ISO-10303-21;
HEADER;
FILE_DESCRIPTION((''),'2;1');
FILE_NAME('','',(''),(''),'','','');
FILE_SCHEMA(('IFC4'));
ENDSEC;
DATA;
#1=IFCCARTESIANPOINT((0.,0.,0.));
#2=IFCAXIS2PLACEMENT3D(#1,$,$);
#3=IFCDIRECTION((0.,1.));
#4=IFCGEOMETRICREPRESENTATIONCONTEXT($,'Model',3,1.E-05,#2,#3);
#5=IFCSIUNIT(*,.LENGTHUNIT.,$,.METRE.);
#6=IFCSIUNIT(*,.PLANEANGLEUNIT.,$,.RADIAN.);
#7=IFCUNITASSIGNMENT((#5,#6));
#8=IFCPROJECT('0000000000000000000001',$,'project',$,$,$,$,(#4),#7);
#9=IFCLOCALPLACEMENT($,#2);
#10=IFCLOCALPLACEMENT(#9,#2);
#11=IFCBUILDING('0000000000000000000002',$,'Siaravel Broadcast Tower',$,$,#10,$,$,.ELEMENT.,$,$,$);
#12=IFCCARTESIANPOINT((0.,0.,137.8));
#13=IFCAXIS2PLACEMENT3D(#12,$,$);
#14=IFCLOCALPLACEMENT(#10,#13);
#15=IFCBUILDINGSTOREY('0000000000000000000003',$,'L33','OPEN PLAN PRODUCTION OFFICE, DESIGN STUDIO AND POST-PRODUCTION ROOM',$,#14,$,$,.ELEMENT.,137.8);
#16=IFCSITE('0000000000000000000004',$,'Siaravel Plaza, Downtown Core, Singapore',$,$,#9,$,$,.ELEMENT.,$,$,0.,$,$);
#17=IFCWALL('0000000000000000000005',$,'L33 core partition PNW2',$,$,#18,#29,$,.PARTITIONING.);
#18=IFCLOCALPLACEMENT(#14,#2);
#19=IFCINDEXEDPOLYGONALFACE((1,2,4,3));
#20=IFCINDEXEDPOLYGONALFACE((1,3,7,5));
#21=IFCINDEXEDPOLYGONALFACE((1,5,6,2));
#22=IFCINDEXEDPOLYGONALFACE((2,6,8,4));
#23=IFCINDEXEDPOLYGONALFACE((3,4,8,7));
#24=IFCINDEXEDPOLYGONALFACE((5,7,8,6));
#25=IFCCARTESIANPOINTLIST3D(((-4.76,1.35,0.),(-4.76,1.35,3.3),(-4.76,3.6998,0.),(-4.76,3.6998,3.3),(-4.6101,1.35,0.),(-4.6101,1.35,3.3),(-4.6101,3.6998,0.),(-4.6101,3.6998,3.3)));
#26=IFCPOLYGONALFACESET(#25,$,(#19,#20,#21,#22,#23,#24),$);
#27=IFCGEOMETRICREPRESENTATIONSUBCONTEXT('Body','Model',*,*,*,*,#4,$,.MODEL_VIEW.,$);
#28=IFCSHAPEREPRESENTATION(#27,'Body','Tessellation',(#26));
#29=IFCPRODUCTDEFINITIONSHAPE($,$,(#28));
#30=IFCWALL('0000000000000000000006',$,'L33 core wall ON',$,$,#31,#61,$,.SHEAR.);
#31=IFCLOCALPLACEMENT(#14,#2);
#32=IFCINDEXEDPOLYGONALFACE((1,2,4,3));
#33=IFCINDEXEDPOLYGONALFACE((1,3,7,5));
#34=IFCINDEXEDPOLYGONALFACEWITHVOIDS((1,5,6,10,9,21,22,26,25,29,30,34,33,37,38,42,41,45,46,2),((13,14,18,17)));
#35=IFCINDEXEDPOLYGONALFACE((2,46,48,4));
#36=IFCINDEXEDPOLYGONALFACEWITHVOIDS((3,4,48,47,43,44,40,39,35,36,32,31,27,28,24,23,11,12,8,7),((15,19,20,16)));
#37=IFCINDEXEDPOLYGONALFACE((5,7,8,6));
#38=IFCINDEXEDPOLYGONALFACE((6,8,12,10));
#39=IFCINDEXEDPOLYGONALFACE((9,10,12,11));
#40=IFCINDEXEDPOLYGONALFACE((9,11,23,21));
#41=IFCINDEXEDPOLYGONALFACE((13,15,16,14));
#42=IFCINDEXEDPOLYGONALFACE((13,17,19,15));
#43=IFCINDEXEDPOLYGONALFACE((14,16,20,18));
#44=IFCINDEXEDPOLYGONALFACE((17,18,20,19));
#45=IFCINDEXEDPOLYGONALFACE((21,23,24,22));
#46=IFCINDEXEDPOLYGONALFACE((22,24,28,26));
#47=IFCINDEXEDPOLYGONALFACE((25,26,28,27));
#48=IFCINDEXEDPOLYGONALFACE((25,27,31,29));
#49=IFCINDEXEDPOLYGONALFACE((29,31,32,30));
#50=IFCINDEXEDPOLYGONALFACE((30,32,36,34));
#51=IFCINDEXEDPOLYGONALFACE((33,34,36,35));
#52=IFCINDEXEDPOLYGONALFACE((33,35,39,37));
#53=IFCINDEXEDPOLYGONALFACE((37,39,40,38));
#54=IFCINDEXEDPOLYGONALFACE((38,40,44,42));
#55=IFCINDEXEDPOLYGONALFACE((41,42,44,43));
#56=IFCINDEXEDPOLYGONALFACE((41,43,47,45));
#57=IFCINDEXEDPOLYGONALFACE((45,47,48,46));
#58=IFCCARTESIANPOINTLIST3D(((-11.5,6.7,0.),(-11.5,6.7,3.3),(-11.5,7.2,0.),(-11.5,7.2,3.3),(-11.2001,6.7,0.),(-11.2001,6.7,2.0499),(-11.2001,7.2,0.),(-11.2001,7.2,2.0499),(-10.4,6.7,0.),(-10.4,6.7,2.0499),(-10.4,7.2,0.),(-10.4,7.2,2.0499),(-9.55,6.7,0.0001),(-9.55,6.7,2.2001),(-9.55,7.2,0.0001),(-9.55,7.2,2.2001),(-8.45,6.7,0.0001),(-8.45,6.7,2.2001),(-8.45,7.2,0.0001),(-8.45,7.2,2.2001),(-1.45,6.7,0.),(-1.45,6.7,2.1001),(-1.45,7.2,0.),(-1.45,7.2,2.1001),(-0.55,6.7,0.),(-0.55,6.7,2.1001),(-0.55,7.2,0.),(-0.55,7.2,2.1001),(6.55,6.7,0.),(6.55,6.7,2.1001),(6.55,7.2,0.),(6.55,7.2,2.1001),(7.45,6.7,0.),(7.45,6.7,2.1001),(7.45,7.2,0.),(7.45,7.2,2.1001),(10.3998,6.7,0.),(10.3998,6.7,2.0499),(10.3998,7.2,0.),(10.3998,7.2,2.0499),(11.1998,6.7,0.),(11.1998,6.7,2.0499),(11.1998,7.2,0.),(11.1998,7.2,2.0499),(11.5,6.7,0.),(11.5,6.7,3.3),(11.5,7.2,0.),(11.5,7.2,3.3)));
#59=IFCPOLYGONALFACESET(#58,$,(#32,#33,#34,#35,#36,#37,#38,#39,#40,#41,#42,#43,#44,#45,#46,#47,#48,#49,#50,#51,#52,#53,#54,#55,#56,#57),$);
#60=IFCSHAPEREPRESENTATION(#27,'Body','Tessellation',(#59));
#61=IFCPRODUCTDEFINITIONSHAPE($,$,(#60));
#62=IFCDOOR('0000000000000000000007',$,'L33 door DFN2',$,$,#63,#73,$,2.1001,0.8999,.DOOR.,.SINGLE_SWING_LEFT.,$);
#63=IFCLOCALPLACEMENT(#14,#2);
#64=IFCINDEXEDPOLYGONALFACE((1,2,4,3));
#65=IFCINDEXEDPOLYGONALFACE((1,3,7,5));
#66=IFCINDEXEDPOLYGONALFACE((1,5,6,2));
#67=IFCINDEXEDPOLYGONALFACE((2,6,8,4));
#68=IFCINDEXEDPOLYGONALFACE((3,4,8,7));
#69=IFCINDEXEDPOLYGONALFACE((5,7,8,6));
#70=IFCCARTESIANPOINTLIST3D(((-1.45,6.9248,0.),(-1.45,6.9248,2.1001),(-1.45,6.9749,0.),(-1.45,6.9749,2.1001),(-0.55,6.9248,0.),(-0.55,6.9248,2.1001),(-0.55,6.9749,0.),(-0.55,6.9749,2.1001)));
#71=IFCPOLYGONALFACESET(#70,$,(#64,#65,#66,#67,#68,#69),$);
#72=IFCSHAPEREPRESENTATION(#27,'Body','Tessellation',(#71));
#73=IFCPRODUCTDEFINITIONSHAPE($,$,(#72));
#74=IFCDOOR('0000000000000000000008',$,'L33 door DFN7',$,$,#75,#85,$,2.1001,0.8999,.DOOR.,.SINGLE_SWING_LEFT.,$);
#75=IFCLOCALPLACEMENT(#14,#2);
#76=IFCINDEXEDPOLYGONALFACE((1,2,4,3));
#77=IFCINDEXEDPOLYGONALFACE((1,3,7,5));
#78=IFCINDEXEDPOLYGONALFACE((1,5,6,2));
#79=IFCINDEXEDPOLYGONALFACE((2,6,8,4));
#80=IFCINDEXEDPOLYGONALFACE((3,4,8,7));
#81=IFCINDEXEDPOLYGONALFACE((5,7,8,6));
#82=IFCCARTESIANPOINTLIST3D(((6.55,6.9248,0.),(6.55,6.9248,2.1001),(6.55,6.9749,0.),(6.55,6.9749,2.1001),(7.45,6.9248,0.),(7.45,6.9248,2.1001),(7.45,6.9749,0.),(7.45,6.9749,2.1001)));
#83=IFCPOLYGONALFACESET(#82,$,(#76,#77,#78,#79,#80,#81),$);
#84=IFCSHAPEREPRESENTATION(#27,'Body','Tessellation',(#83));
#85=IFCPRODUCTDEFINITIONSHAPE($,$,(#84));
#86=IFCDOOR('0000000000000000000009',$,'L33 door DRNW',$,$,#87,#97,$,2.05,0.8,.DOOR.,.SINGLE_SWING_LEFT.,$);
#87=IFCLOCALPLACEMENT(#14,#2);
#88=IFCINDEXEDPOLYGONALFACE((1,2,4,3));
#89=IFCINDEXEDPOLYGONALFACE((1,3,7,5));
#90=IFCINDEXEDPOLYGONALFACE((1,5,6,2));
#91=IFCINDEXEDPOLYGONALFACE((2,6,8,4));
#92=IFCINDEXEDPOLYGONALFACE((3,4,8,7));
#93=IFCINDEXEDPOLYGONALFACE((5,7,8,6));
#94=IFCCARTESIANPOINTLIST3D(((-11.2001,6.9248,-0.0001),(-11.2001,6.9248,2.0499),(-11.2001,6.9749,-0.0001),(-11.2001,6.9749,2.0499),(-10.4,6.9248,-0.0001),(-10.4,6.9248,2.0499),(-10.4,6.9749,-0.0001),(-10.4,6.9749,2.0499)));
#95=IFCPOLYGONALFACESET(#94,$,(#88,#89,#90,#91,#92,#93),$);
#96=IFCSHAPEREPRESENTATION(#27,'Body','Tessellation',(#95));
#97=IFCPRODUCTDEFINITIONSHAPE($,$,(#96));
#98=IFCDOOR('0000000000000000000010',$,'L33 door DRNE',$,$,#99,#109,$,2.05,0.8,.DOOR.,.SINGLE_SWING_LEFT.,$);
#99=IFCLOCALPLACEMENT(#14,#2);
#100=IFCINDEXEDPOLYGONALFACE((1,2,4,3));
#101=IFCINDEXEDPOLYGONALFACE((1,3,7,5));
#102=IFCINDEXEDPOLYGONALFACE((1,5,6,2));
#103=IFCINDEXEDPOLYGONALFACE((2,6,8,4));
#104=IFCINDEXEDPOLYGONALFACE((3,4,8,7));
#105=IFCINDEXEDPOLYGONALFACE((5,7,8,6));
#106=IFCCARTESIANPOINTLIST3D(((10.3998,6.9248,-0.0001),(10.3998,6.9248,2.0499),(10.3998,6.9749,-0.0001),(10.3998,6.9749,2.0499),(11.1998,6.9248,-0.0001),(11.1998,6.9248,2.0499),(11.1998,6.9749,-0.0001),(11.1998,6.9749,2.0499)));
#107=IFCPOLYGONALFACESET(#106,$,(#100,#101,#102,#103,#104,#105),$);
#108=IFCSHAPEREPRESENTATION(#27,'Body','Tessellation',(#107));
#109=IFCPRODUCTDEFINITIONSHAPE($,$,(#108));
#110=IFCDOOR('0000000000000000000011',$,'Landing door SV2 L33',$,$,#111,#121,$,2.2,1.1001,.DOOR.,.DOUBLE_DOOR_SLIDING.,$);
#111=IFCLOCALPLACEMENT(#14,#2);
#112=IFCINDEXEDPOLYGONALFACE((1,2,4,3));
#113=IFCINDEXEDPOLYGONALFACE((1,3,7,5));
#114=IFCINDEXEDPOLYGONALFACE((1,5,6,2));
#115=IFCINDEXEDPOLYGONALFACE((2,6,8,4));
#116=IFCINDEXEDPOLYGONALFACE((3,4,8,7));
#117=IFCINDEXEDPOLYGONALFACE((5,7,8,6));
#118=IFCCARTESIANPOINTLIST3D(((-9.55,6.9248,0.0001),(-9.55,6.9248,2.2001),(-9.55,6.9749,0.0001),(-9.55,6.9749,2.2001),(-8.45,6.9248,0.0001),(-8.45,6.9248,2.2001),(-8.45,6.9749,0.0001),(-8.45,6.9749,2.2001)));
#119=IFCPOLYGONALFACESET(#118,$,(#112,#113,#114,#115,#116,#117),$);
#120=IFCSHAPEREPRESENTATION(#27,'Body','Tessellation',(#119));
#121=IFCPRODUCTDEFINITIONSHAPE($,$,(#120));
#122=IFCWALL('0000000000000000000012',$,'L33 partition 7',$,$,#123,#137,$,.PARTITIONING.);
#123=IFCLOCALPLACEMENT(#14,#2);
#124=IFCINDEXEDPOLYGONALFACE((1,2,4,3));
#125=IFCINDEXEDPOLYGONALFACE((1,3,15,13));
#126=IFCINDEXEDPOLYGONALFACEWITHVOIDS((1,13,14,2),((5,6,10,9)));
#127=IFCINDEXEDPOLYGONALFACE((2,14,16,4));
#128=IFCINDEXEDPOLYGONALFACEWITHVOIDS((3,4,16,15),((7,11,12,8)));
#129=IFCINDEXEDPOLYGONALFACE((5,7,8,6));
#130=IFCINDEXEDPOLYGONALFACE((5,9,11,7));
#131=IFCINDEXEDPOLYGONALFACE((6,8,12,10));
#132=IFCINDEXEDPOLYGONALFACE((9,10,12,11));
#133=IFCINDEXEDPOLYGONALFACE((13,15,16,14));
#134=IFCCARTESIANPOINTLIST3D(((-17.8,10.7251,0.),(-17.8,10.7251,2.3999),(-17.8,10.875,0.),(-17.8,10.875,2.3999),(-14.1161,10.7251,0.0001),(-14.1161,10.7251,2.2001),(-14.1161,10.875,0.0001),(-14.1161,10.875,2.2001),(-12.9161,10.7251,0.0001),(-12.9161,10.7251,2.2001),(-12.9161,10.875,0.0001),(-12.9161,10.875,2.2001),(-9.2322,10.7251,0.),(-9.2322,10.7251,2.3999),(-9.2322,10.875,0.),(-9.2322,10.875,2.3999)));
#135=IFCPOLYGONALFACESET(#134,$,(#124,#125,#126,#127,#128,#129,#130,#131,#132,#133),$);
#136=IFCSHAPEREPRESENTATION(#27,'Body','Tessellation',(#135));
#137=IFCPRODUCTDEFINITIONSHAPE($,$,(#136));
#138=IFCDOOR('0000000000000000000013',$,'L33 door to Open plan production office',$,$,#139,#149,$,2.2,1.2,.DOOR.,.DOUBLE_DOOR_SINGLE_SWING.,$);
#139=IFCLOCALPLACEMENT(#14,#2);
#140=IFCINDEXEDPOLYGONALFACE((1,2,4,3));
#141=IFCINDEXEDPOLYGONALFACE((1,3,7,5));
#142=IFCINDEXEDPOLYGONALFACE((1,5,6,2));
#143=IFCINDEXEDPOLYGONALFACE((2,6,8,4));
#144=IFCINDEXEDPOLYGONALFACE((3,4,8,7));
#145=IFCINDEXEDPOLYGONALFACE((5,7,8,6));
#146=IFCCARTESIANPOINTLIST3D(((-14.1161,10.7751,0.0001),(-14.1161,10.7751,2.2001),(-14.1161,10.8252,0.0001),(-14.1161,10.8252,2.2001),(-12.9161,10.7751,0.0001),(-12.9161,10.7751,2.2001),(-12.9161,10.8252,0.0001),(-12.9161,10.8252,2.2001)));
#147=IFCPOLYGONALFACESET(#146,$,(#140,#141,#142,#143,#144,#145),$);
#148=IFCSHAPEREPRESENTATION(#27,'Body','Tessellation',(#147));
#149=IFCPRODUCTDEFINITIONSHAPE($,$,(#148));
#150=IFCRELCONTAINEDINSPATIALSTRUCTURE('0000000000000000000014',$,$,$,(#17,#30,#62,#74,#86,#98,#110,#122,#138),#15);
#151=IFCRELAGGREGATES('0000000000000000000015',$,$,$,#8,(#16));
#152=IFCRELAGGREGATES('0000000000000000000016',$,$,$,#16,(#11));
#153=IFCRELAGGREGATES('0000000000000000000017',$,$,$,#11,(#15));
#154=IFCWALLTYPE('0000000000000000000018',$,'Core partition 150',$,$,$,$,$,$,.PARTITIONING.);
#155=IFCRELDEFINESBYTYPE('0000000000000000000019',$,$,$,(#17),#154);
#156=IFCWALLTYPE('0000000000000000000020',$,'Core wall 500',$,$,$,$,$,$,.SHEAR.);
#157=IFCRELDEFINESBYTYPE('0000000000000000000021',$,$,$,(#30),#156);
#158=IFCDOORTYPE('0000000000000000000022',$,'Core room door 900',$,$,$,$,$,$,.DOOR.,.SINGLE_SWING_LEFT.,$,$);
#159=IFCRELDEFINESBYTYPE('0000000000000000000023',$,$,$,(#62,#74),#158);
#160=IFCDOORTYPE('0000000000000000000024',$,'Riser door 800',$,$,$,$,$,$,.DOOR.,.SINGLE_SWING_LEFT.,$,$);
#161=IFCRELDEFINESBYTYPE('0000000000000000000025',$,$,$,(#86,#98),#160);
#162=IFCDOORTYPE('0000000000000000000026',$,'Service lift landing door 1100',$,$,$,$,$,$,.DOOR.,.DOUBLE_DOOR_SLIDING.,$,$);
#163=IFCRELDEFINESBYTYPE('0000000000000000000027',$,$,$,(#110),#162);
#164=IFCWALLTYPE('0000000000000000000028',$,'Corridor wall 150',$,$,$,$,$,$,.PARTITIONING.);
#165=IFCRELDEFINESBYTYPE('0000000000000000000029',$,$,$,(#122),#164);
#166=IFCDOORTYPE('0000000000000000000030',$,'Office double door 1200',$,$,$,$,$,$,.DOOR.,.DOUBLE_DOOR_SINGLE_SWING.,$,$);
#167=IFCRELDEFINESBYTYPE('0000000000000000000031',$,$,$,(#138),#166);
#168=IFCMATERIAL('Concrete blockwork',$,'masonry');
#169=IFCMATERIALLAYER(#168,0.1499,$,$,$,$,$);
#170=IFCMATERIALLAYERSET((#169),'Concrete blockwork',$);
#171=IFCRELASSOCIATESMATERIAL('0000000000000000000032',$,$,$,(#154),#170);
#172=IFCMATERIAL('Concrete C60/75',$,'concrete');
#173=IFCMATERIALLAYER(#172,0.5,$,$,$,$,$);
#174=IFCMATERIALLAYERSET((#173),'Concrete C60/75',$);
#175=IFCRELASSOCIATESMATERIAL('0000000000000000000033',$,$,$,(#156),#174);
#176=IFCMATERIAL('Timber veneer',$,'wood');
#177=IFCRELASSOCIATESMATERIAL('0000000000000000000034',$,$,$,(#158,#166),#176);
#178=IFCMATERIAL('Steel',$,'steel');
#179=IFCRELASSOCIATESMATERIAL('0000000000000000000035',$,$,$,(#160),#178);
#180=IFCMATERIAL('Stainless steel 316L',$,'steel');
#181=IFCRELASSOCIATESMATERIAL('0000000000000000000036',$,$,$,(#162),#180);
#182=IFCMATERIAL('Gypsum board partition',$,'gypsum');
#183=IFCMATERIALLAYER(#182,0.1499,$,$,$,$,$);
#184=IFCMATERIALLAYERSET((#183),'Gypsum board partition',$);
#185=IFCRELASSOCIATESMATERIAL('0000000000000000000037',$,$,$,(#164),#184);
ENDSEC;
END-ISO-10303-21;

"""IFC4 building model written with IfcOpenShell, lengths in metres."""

from ifc_helpers import new_model, si_unit, direction, frame, frame_2d, origin, place, context, subcontext, project, spatial, rectangle, extrude, material, layer, layer_set, type_object, element, fill, save


model = new_model("IFC4")

# Units and contexts
model_context = context("Model", 3, precision=1e-05, world=origin(), true_north=direction((0.0, 1.0)))
body_context = subcontext(model_context, "Body", "Model", "MODEL_VIEW")
ifc_project = project(units=[si_unit("LENGTHUNIT", "METRE"), si_unit("PLANEANGLEUNIT", "RADIAN")], contexts=[model_context])

# Site, building, storey
site_placement = place(None, origin())
site = spatial("IfcSite", under=ifc_project, at=site_placement, Name="Siaravel Plaza, Downtown Core, Singapore", CompositionType="ELEMENT", RefElevation=0.0)
building_placement = place(site_placement, origin())
building = spatial("IfcBuilding", under=site, at=building_placement, Name="Siaravel Broadcast Tower", CompositionType="ELEMENT")
storey_placement = place(building_placement, frame((0.0, 0.0, 137.8)))
storey = spatial("IfcBuildingStorey", under=building, at=storey_placement, Name="L33", Description="OPEN PLAN PRODUCTION OFFICE, DESIGN STUDIO AND POST-PRODUCTION ROOM", CompositionType="ELEMENT", Elevation=137.8)

# Wall
ifc_material_1 = material(Name="Concrete blockwork", Category="masonry")
ifc_layer_1 = layer(ifc_material_1, 0.1499)
ifc_layer_set_1 = layer_set([ifc_layer_1], Name="Concrete blockwork")
wall_type_1 = type_object("IfcWallType", Name="Core partition 150", PredefinedType="PARTITIONING", material=ifc_layer_set_1)
wall_1_placement = place(storey_placement, frame((-4.6851, 1.3501, 0.0), z_axis=(0.0, 0.0, 1.0), x_axis=(0.0, 1.0, 0.0)))
element("IfcWall", 1, at=wall_1_placement, inside=storey, type_object=wall_type_1, Name="L33 core partition PNW2", PredefinedType="PARTITIONING", context=body_context, shape_type="SweptSolid", body=[
    extrude(rectangle(XDim=2.3499, YDim=0.1499, at=frame_2d((1.1748, 0.0))), origin(), (0.0, 0.0, 1.0), 3.3),
])

# Wall, openings, doors
ifc_material_2 = material(Name="Concrete C60/75", Category="concrete")
ifc_layer_2 = layer(ifc_material_2, 0.5)
ifc_layer_set_2 = layer_set([ifc_layer_2], Name="Concrete C60/75")
wall_type_2 = type_object("IfcWallType", Name="Core wall 500", PredefinedType="SHEAR", material=ifc_layer_set_2)
wall_2_placement = place(storey_placement, frame((-11.5, 6.95, 0.0), z_axis=(0.0, 0.0, 1.0), x_axis=(1.0, 0.0, 0.0)))
wall_2 = element("IfcWall", 2, at=wall_2_placement, inside=storey, type_object=wall_type_2, Name="L33 core wall ON", PredefinedType="SHEAR", context=body_context, shape_type="SweptSolid", body=[
    extrude(rectangle(XDim=23.0, YDim=0.5, at=frame_2d((11.5, 0.0))), origin(), (0.0, 0.0, 1.0), 3.3),
])
opening_1_placement = place(wall_2_placement, frame((1.95, 0.0, 0.0)))
opening_1 = element("IfcOpeningElement", 3, at=opening_1_placement, cuts=wall_2, PredefinedType="OPENING", context=body_context, shape_type="SweptSolid", body=[
    extrude(rectangle(XDim=1.1001, YDim=2.2, at=frame_2d((0.55, 1.1001))), frame((0.0, 0.26, 0.0), z_axis=(0.0, -1.0, 0.0), x_axis=(1.0, 0.0, 0.0)), (0.0, 0.0, 1.0), 0.52),
])
opening_2_placement = place(wall_2_placement, frame((10.05, 0.0, 0.0)))
opening_2 = element("IfcOpeningElement", 4, at=opening_2_placement, cuts=wall_2, PredefinedType="OPENING", context=body_context, shape_type="SweptSolid", body=[
    extrude(rectangle(XDim=0.8999, YDim=2.1001, at=frame_2d((0.45, 1.05))), frame((0.0, 0.26, 0.0), z_axis=(0.0, -1.0, 0.0), x_axis=(1.0, 0.0, 0.0)), (0.0, 0.0, 1.0), 0.52),
])
opening_3_placement = place(wall_2_placement, frame((18.05, 0.0, 0.0)))
opening_3 = element("IfcOpeningElement", 5, at=opening_3_placement, cuts=wall_2, PredefinedType="OPENING", context=body_context, shape_type="SweptSolid", body=[
    extrude(rectangle(XDim=0.8999, YDim=2.1001, at=frame_2d((0.45, 1.05))), frame((0.0, 0.26, 0.0), z_axis=(0.0, -1.0, 0.0), x_axis=(1.0, 0.0, 0.0)), (0.0, 0.0, 1.0), 0.52),
])
opening_4_placement = place(wall_2_placement, frame((0.3, 0.0, 0.0)))
opening_4 = element("IfcOpeningElement", 6, at=opening_4_placement, cuts=wall_2, PredefinedType="OPENING", context=body_context, shape_type="SweptSolid", body=[
    extrude(rectangle(XDim=0.8, YDim=2.05, at=frame_2d((0.3999, 1.0249))), frame((0.0, 0.26, 0.0), z_axis=(0.0, -1.0, 0.0), x_axis=(1.0, 0.0, 0.0)), (0.0, 0.0, 1.0), 0.52),
])
opening_5_placement = place(wall_2_placement, frame((21.8999, 0.0, 0.0)))
opening_5 = element("IfcOpeningElement", 7, at=opening_5_placement, cuts=wall_2, PredefinedType="OPENING", context=body_context, shape_type="SweptSolid", body=[
    extrude(rectangle(XDim=0.8, YDim=2.05, at=frame_2d((0.3999, 1.0249))), frame((0.0, 0.26, 0.0), z_axis=(0.0, -1.0, 0.0), x_axis=(1.0, 0.0, 0.0)), (0.0, 0.0, 1.0), 0.52),
])
ifc_material_3 = material(Name="Timber veneer", Category="wood")
door_type_1 = type_object("IfcDoorType", Name="Core room door 900", OperationType="SINGLE_SWING_LEFT", PredefinedType="DOOR", material=ifc_material_3)
door_1_placement = place(opening_2_placement, origin())
door_1 = element("IfcDoor", 8, at=door_1_placement, inside=storey, type_object=door_type_1, Name="L33 door DFN2", OperationType="SINGLE_SWING_LEFT", OverallHeight=2.1001, OverallWidth=0.8999, PredefinedType="DOOR", context=body_context, shape_type="SweptSolid", body=[
    extrude(rectangle(XDim=0.8999, YDim=2.1001, at=frame_2d((0.45, 1.05))), frame((0.0, 0.0249, 0.0), z_axis=(0.0, -1.0, 0.0), x_axis=(1.0, 0.0, 0.0)), (0.0, 0.0, 1.0), 0.05),
])
fill(opening_2, door_1)
door_2_placement = place(opening_3_placement, origin())
door_2 = element("IfcDoor", 9, at=door_2_placement, inside=storey, type_object=door_type_1, Name="L33 door DFN7", OperationType="SINGLE_SWING_LEFT", OverallHeight=2.1001, OverallWidth=0.8999, PredefinedType="DOOR", context=body_context, shape_type="SweptSolid", body=[
    extrude(rectangle(XDim=0.8999, YDim=2.1001, at=frame_2d((0.45, 1.05))), frame((0.0, 0.0249, 0.0), z_axis=(0.0, -1.0, 0.0), x_axis=(1.0, 0.0, 0.0)), (0.0, 0.0, 1.0), 0.05),
])
fill(opening_3, door_2)
ifc_material_4 = material(Name="Steel", Category="steel")
door_type_2 = type_object("IfcDoorType", Name="Riser door 800", OperationType="SINGLE_SWING_LEFT", PredefinedType="DOOR", material=ifc_material_4)
door_3_placement = place(opening_4_placement, origin())
door_3 = element("IfcDoor", 10, at=door_3_placement, inside=storey, type_object=door_type_2, Name="L33 door DRNW", OperationType="SINGLE_SWING_LEFT", OverallHeight=2.05, OverallWidth=0.8, PredefinedType="DOOR", context=body_context, shape_type="SweptSolid", body=[
    extrude(rectangle(XDim=0.8, YDim=2.05, at=frame_2d((0.3999, 1.0249))), frame((0.0, 0.0249, 0.0), z_axis=(0.0, -1.0, 0.0), x_axis=(1.0, 0.0, 0.0)), (0.0, 0.0, 1.0), 0.05),
])
fill(opening_4, door_3)
door_4_placement = place(opening_5_placement, origin())
door_4 = element("IfcDoor", 11, at=door_4_placement, inside=storey, type_object=door_type_2, Name="L33 door DRNE", OperationType="SINGLE_SWING_LEFT", OverallHeight=2.05, OverallWidth=0.8, PredefinedType="DOOR", context=body_context, shape_type="SweptSolid", body=[
    extrude(rectangle(XDim=0.8, YDim=2.05, at=frame_2d((0.3999, 1.0249))), frame((0.0, 0.0249, 0.0), z_axis=(0.0, -1.0, 0.0), x_axis=(1.0, 0.0, 0.0)), (0.0, 0.0, 1.0), 0.05),
])
fill(opening_5, door_4)
ifc_material_5 = material(Name="Stainless steel 316L", Category="steel")
door_type_3 = type_object("IfcDoorType", Name="Service lift landing door 1100", OperationType="DOUBLE_DOOR_SLIDING", PredefinedType="DOOR", material=ifc_material_5)
door_5_placement = place(opening_1_placement, origin())
door_5 = element("IfcDoor", 12, at=door_5_placement, inside=storey, type_object=door_type_3, Name="Landing door SV2 L33", OperationType="DOUBLE_DOOR_SLIDING", OverallHeight=2.2, OverallWidth=1.1001, PredefinedType="DOOR", context=body_context, shape_type="SweptSolid", body=[
    extrude(rectangle(XDim=1.1001, YDim=2.2, at=frame_2d((0.55, 1.1001))), frame((0.0, 0.0249, 0.0), z_axis=(0.0, -1.0, 0.0), x_axis=(1.0, 0.0, 0.0)), (0.0, 0.0, 1.0), 0.05),
])
fill(opening_1, door_5)

# Wall, opening, door
ifc_material_6 = material(Name="Gypsum board partition", Category="gypsum")
ifc_layer_3 = layer(ifc_material_6, 0.1499)
ifc_layer_set_3 = layer_set([ifc_layer_3], Name="Gypsum board partition")
wall_type_3 = type_object("IfcWallType", Name="Corridor wall 150", PredefinedType="PARTITIONING", material=ifc_layer_set_3)
wall_3_placement = place(storey_placement, frame((-9.2322, 10.8, 0.0), z_axis=(0.0, 0.0, 1.0), x_axis=(-1.0, 0.0, 0.0)))
wall_3 = element("IfcWall", 13, at=wall_3_placement, inside=storey, type_object=wall_type_3, Name="L33 partition 7", PredefinedType="PARTITIONING", context=body_context, shape_type="SweptSolid", body=[
    extrude(rectangle(XDim=8.5679, YDim=0.1499, at=frame_2d((4.2839, 0.0))), origin(), (0.0, 0.0, 1.0), 2.3999),
])
opening_6_placement = place(wall_3_placement, frame((3.6838, 0.0, 0.0)))
opening_6 = element("IfcOpeningElement", 14, at=opening_6_placement, cuts=wall_3, PredefinedType="OPENING", context=body_context, shape_type="SweptSolid", body=[
    extrude(rectangle(XDim=1.2, YDim=2.2, at=frame_2d((0.6001, 1.1001))), frame((0.0, 0.085, 0.0), z_axis=(0.0, -1.0, 0.0), x_axis=(1.0, 0.0, 0.0)), (0.0, 0.0, 1.0), 0.1699),
])
door_type_4 = type_object("IfcDoorType", Name="Office double door 1200", OperationType="DOUBLE_DOOR_SINGLE_SWING", PredefinedType="DOOR", material=ifc_material_3)
door_6_placement = place(opening_6_placement, origin())
door_6 = element("IfcDoor", 15, at=door_6_placement, inside=storey, type_object=door_type_4, Name="L33 door to Open plan production office", OperationType="DOUBLE_DOOR_SINGLE_SWING", OverallHeight=2.2, OverallWidth=1.2, PredefinedType="DOOR", context=body_context, shape_type="SweptSolid", body=[
    extrude(rectangle(XDim=1.2, YDim=2.2, at=frame_2d((0.6001, 1.1001))), frame((0.0, 0.0249, 0.0), z_axis=(0.0, -1.0, 0.0), x_axis=(1.0, 0.0, 0.0)), (0.0, 0.0, 1.0), 0.05),
])
fill(opening_6, door_6)

save(model, "model.ifc")
